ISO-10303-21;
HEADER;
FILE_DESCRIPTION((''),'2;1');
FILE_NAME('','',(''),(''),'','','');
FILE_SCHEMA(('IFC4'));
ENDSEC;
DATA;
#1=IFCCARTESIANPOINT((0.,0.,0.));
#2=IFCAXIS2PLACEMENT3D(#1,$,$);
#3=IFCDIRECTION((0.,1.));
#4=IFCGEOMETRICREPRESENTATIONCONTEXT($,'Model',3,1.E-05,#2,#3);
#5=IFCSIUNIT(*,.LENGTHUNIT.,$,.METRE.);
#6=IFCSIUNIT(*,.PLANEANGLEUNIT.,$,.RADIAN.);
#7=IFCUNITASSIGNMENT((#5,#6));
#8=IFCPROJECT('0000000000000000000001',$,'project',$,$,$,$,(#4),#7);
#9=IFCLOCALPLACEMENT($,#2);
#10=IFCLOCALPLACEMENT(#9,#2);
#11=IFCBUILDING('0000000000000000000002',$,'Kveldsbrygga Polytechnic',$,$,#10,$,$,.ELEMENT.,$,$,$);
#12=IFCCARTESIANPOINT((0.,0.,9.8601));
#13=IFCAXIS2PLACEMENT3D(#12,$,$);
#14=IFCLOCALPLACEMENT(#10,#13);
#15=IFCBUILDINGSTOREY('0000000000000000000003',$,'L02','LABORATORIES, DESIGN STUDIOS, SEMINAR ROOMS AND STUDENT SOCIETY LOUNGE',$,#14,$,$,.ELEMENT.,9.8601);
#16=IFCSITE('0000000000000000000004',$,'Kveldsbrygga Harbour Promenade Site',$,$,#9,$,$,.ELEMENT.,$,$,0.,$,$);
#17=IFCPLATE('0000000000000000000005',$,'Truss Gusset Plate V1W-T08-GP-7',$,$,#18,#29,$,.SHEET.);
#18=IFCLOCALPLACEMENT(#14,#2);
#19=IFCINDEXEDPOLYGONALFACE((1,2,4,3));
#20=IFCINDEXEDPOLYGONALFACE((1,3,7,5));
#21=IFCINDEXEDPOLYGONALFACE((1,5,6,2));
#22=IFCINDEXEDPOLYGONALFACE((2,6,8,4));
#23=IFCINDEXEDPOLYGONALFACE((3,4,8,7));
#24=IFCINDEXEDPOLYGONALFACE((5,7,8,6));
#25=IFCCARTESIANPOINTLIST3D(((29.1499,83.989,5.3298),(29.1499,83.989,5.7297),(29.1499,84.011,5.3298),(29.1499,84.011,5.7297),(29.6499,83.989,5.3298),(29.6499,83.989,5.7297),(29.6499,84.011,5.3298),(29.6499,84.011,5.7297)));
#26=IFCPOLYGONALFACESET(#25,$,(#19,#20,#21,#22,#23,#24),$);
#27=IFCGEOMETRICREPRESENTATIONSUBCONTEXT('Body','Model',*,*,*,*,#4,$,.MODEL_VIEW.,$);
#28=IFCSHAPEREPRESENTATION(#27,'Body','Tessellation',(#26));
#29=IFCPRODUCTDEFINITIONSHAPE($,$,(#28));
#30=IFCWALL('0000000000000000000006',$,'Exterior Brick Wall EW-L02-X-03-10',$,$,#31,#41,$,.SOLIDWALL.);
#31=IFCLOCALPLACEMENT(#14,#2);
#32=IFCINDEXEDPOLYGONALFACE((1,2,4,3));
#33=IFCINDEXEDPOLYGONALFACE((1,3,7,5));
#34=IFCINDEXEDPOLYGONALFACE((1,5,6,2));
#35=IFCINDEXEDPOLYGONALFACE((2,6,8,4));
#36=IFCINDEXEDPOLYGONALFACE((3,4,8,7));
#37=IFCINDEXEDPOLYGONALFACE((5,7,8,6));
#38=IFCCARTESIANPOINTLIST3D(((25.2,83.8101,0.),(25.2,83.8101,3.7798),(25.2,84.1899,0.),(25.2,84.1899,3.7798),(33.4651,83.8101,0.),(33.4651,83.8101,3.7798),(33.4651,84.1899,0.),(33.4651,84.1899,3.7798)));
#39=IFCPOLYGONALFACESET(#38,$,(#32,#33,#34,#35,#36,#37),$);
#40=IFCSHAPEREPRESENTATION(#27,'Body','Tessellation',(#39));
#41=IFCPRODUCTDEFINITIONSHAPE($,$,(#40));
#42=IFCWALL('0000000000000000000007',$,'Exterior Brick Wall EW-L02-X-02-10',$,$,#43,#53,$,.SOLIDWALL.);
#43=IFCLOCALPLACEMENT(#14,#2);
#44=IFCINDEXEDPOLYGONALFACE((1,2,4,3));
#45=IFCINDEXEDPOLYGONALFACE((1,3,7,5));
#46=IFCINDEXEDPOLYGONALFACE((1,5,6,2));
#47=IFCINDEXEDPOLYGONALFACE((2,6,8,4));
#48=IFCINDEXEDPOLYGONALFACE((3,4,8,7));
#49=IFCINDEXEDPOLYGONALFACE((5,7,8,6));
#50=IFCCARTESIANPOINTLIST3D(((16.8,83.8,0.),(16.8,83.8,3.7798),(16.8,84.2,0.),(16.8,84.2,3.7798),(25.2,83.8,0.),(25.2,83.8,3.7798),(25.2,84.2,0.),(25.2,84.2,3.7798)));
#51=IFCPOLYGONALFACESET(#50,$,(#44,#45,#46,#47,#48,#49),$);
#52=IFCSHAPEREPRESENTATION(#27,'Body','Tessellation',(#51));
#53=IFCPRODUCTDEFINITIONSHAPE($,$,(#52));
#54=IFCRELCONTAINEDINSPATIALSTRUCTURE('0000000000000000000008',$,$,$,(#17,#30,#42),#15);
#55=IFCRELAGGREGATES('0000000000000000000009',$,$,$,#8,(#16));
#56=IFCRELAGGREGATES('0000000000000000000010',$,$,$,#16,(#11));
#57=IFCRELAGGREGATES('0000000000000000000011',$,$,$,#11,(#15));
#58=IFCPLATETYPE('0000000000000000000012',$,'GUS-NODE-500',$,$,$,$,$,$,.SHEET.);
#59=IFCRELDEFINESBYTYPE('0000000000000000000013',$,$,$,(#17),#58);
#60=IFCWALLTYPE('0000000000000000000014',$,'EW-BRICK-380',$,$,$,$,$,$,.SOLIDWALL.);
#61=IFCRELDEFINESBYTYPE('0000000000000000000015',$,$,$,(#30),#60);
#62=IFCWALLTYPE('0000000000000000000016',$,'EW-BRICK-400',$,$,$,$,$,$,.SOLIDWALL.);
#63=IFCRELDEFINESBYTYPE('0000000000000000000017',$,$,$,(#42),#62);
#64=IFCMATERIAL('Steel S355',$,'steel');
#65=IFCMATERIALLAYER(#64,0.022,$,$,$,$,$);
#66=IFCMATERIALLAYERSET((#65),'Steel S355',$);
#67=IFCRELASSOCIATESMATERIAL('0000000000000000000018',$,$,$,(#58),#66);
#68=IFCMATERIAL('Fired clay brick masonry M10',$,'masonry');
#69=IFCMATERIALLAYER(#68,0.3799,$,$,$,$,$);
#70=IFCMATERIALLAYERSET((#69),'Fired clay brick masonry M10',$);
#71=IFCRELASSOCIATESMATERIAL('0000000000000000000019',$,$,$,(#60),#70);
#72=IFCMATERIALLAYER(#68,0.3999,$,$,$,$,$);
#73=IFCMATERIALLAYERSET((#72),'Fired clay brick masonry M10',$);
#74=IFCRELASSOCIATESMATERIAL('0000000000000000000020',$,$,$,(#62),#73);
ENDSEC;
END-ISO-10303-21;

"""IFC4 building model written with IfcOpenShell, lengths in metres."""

from ifc_helpers import new_model, si_unit, direction, frame, frame_2d, origin, origin_2d, place, context, subcontext, project, spatial, rectangle, extrude, material, layer, layer_set, type_object, element, save


model = new_model("IFC4")

# Units and contexts
model_context = context("Model", 3, precision=1e-05, world=origin(), true_north=direction((0.0, 1.0)))
body_context = subcontext(model_context, "Body", "Model", "MODEL_VIEW")
ifc_project = project(units=[si_unit("LENGTHUNIT", "METRE"), si_unit("PLANEANGLEUNIT", "RADIAN")], contexts=[model_context])

# Site, building, storey
site_placement = place(None, origin())
site = spatial("IfcSite", under=ifc_project, at=site_placement, Name="Kveldsbrygga Harbour Promenade Site", CompositionType="ELEMENT", RefElevation=0.0)
building_placement = place(site_placement, origin())
building = spatial("IfcBuilding", under=site, at=building_placement, Name="Kveldsbrygga Polytechnic", CompositionType="ELEMENT")
storey_placement = place(building_placement, frame((0.0, 0.0, 9.8601)))
storey = spatial("IfcBuildingStorey", under=building, at=storey_placement, Name="L02", Description="LABORATORIES, DESIGN STUDIOS, SEMINAR ROOMS AND STUDENT SOCIETY LOUNGE", CompositionType="ELEMENT", Elevation=9.8601)

# Shared definitions
ifc_material_1 = material(Name="Steel S355", Category="steel")

# Plate
ifc_layer_1 = layer(ifc_material_1, 0.022)
ifc_layer_set_1 = layer_set([ifc_layer_1], Name="Steel S355")
plate_type_1 = type_object("IfcPlateType", Name="GUS-NODE-500", PredefinedType="SHEET", material=ifc_layer_set_1)
for number, where, z_axis, x_axis, name in (
    (1, (29.3999, 84.0, 5.3298), (0.0, 0.0, 1.0), (1.0, 0.0, 0.0), "Truss Gusset Plate V1W-T08-GP-7"),
):
    element("IfcPlate", number, at=place(storey_placement, frame(where, z_axis=z_axis, x_axis=x_axis)), inside=storey, type_object=plate_type_1, Name=name, PredefinedType="SHEET", context=body_context, shape_type="SweptSolid", body=[
        extrude(rectangle(XDim=0.5, YDim=0.022, at=origin_2d()), origin(), (0.0, 0.0, 1.0), 0.3999),
    ])

# Walls
ifc_material_2 = material(Name="Fired clay brick masonry M10", Category="masonry")
ifc_layer_2 = layer(ifc_material_2, 0.3799)
ifc_layer_set_2 = layer_set([ifc_layer_2], Name="Fired clay brick masonry M10")
wall_type_1 = type_object("IfcWallType", Name="EW-BRICK-380", PredefinedType="SOLIDWALL", material=ifc_layer_set_2)
wall_1_placement = place(storey_placement, frame((25.2, 84.0, 0.0), z_axis=(0.0, 0.0, 1.0), x_axis=(1.0, 0.0, 0.0)))
element("IfcWall", 2, at=wall_1_placement, inside=storey, type_object=wall_type_1, Name="Exterior Brick Wall EW-L02-X-03-10", PredefinedType="SOLIDWALL", context=body_context, shape_type="SweptSolid", body=[
    extrude(rectangle(XDim=8.2651, YDim=0.3799, at=frame_2d((4.1326, 0.0))), origin(), (0.0, 0.0, 1.0), 3.7798),
])
ifc_layer_3 = layer(ifc_material_2, 0.3999)
ifc_layer_set_3 = layer_set([ifc_layer_3], Name="Fired clay brick masonry M10")
wall_type_2 = type_object("IfcWallType", Name="EW-BRICK-400", PredefinedType="SOLIDWALL", material=ifc_layer_set_3)
wall_2_placement = place(storey_placement, frame((16.8, 84.0, 0.0), z_axis=(0.0, 0.0, 1.0), x_axis=(1.0, 0.0, 0.0)))
element("IfcWall", 3, at=wall_2_placement, inside=storey, type_object=wall_type_2, Name="Exterior Brick Wall EW-L02-X-02-10", PredefinedType="SOLIDWALL", context=body_context, shape_type="SweptSolid", body=[
    extrude(rectangle(XDim=8.3999, YDim=0.3999, at=frame_2d((4.2, 0.0))), origin(), (0.0, 0.0, 1.0), 3.7798),
])

save(model, "model.ifc")
